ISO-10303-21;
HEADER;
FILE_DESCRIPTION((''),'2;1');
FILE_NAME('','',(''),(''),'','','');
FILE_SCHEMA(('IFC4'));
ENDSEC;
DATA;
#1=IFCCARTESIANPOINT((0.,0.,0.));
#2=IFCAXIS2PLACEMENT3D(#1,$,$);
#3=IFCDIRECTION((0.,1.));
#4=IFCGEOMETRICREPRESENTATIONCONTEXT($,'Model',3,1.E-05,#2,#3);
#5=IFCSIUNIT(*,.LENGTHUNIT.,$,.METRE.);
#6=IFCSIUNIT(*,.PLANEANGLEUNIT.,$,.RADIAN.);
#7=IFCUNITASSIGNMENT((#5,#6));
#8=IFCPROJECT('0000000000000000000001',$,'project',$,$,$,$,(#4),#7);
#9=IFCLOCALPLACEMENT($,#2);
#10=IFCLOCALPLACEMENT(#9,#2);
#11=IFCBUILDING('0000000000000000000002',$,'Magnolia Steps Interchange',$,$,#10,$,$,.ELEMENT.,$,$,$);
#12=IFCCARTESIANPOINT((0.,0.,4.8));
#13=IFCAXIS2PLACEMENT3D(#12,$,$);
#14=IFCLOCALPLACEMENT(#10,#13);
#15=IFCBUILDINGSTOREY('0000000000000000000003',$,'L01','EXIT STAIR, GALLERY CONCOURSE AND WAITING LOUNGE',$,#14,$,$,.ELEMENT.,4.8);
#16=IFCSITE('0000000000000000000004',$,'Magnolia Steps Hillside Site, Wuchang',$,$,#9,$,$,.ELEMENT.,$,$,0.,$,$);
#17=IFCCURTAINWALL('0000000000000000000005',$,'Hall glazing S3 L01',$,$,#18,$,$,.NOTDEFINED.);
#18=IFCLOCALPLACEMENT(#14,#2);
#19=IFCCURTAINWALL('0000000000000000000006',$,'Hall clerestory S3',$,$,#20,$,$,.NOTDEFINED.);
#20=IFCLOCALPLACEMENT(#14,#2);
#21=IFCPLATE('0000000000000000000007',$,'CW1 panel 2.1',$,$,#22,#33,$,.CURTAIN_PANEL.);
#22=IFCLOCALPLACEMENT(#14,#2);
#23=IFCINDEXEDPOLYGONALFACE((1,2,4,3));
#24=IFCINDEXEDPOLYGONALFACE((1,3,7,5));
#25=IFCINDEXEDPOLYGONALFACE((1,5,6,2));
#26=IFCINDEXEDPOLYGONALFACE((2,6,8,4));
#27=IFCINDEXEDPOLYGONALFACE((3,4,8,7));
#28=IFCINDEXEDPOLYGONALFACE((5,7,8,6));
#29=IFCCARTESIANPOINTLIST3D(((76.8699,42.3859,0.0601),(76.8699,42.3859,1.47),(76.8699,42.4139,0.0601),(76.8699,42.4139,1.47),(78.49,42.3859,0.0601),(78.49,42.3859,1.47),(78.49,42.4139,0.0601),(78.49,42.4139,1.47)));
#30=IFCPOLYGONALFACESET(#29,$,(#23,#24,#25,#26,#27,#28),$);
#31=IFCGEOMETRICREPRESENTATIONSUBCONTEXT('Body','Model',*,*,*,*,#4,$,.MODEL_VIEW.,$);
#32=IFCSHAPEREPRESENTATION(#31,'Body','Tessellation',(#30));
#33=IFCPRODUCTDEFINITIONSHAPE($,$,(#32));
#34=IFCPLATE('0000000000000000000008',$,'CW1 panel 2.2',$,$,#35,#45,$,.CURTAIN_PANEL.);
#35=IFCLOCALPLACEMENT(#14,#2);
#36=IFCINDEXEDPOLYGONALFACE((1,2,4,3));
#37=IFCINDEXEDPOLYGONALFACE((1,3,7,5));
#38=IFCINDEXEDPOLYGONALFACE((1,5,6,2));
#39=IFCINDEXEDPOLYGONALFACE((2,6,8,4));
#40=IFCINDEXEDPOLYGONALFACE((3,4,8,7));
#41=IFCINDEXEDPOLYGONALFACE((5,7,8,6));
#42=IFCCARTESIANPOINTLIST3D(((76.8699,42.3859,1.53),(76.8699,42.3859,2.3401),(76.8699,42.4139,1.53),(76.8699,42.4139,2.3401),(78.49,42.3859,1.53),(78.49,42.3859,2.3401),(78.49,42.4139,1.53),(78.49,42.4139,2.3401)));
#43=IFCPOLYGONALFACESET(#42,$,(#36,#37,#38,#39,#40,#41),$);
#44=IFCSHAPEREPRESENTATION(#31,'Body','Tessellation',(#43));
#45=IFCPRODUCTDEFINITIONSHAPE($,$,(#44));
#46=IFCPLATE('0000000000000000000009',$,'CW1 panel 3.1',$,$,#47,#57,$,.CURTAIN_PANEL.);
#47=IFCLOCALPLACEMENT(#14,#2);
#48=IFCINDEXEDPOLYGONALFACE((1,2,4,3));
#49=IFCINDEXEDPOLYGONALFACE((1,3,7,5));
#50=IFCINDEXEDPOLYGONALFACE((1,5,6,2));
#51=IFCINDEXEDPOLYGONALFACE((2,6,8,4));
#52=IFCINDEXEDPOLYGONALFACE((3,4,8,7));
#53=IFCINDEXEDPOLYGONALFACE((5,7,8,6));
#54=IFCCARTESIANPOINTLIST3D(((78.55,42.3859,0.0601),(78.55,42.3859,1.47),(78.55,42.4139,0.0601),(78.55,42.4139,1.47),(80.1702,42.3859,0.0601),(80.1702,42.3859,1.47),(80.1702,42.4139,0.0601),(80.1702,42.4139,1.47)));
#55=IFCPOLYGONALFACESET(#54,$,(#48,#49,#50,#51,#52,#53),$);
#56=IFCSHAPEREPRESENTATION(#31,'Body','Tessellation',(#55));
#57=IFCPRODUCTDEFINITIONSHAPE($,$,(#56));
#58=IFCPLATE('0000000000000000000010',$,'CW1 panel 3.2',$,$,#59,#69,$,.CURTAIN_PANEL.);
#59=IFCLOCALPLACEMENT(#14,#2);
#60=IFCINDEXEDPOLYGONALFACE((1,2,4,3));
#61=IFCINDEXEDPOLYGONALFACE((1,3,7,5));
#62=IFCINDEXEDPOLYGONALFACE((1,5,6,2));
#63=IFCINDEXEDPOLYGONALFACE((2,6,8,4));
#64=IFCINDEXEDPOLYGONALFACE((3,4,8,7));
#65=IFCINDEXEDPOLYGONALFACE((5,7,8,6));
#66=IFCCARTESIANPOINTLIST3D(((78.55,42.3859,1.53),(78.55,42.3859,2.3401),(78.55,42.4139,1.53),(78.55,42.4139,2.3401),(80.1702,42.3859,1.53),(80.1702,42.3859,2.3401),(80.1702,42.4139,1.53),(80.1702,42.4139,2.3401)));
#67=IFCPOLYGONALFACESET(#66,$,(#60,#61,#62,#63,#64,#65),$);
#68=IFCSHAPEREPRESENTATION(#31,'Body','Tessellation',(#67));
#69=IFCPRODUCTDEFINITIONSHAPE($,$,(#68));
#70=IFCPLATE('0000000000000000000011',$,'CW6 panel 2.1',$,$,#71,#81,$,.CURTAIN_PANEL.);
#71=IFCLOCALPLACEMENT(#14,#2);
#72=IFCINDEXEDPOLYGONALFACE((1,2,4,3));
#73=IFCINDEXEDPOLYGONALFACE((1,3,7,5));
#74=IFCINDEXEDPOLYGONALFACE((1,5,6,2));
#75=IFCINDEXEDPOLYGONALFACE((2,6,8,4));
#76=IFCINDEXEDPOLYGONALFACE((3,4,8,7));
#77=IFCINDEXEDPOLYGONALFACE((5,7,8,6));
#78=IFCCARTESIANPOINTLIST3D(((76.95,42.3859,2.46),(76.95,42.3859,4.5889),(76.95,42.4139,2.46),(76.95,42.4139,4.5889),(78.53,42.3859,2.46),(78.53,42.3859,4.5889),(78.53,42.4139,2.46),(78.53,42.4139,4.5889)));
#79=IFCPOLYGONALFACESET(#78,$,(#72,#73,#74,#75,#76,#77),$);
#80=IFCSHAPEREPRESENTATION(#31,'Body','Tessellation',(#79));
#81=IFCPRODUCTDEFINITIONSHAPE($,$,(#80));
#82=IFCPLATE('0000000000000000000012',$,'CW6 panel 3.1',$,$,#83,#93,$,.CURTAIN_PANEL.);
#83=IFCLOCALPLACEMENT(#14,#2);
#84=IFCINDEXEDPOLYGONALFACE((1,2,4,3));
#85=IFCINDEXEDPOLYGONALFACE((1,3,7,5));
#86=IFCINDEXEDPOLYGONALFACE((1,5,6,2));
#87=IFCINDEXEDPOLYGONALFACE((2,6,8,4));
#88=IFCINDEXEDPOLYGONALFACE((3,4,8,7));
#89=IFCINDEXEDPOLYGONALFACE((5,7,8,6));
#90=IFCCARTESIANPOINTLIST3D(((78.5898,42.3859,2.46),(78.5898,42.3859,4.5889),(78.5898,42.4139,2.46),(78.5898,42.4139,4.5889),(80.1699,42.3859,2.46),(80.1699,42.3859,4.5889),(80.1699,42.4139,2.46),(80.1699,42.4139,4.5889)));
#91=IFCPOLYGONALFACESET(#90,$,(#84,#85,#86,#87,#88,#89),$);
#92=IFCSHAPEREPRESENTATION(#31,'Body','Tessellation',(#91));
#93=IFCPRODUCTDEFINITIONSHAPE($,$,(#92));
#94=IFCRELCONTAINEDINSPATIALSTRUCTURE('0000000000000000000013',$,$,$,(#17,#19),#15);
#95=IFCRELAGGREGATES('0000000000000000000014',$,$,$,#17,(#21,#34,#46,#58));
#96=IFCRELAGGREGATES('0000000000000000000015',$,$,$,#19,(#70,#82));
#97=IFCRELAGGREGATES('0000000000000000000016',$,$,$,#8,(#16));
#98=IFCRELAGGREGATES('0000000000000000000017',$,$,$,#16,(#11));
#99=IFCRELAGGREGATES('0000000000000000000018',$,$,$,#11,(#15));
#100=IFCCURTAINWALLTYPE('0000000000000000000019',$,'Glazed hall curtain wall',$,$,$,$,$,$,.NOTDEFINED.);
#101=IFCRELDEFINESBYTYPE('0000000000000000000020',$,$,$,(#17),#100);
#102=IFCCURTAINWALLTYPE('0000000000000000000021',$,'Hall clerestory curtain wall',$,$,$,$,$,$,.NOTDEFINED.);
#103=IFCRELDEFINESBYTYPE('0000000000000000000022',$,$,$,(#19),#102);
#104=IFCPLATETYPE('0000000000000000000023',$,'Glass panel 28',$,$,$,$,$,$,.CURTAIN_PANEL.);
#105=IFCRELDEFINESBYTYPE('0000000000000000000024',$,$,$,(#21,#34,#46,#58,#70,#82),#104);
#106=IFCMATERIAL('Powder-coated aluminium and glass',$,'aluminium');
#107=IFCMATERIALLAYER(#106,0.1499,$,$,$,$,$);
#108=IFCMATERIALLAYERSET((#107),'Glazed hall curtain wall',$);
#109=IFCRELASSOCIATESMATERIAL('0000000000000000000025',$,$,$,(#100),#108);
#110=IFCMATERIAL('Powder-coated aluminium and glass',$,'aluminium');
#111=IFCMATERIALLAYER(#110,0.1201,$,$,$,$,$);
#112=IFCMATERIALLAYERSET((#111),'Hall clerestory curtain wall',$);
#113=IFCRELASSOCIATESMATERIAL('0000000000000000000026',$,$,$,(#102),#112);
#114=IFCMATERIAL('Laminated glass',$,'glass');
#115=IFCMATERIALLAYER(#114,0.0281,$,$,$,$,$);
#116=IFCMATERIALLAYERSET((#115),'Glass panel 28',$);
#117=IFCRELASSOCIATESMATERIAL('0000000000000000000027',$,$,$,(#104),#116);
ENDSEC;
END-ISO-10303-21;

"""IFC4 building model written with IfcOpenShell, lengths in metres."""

from ifc_helpers import new_model, si_unit, direction, frame, origin, origin_2d, place, context, subcontext, project, spatial, rectangle, extrude, material, layer, layer_set, type_object, element, aggregate, save


model = new_model("IFC4")

# Units and contexts
model_context = context("Model", 3, precision=1e-05, world=origin(), true_north=direction((0.0, 1.0)))
body_context = subcontext(model_context, "Body", "Model", "MODEL_VIEW")
ifc_project = project(units=[si_unit("LENGTHUNIT", "METRE"), si_unit("PLANEANGLEUNIT", "RADIAN")], contexts=[model_context])

# Site, building, storey
site_placement = place(None, origin())
site = spatial("IfcSite", under=ifc_project, at=site_placement, Name="Magnolia Steps Hillside Site, Wuchang", CompositionType="ELEMENT", RefElevation=0.0)
building_placement = place(site_placement, origin())
building = spatial("IfcBuilding", under=site, at=building_placement, Name="Magnolia Steps Interchange", CompositionType="ELEMENT")
storey_placement = place(building_placement, frame((0.0, 0.0, 4.8)))
storey = spatial("IfcBuildingStorey", under=building, at=storey_placement, Name="L01", Description="EXIT STAIR, GALLERY CONCOURSE AND WAITING LOUNGE", CompositionType="ELEMENT", Elevation=4.8)

# Curtain walls
ifc_material_1 = material(Name="Powder-coated aluminium and glass", Category="aluminium")
ifc_layer_1 = layer(ifc_material_1, 0.1499)
ifc_layer_set_1 = layer_set([ifc_layer_1], Name="Glazed hall curtain wall")
curtain_wall_type_1 = type_object("IfcCurtainWallType", Name="Glazed hall curtain wall", PredefinedType="NOTDEFINED", material=ifc_layer_set_1)
curtain_wall_1_placement = place(storey_placement, origin())
curtain_wall_1 = element("IfcCurtainWall", 1, at=curtain_wall_1_placement, inside=storey, type_object=curtain_wall_type_1, Name="Hall glazing S3 L01", PredefinedType="NOTDEFINED")
ifc_material_2 = material(Name="Powder-coated aluminium and glass", Category="aluminium")
ifc_layer_2 = layer(ifc_material_2, 0.1201)
ifc_layer_set_2 = layer_set([ifc_layer_2], Name="Hall clerestory curtain wall")
curtain_wall_type_2 = type_object("IfcCurtainWallType", Name="Hall clerestory curtain wall", PredefinedType="NOTDEFINED", material=ifc_layer_set_2)
curtain_wall_2_placement = place(storey_placement, origin())
curtain_wall_2 = element("IfcCurtainWall", 2, at=curtain_wall_2_placement, inside=storey, type_object=curtain_wall_type_2, Name="Hall clerestory S3", PredefinedType="NOTDEFINED")

# Plates
ifc_material_3 = material(Name="Laminated glass", Category="glass")
ifc_layer_3 = layer(ifc_material_3, 0.0281)
ifc_layer_set_3 = layer_set([ifc_layer_3], Name="Glass panel 28")
plate_type = type_object("IfcPlateType", Name="Glass panel 28", PredefinedType="CURTAIN_PANEL", material=ifc_layer_set_3)
plate_1_placement = place(storey_placement, frame((77.6799, 42.3999, 0.0601), z_axis=(0.0, 0.0, 1.0), x_axis=(1.0, 0.0, 0.0)))
plate_1 = element("IfcPlate", 3, at=plate_1_placement, type_object=plate_type, Name="CW1 panel 2.1", PredefinedType="CURTAIN_PANEL", context=body_context, shape_type="SweptSolid", body=[
    extrude(rectangle(XDim=1.6201, YDim=0.0281, at=origin_2d()), origin(), (0.0, 0.0, 1.0), 1.4099),
])
plate_2_placement = place(storey_placement, frame((77.6799, 42.3999, 1.53), z_axis=(0.0, 0.0, 1.0), x_axis=(1.0, 0.0, 0.0)))
plate_2 = element("IfcPlate", 4, at=plate_2_placement, type_object=plate_type, Name="CW1 panel 2.2", PredefinedType="CURTAIN_PANEL", context=body_context, shape_type="SweptSolid", body=[
    extrude(rectangle(XDim=1.6201, YDim=0.0281, at=origin_2d()), origin(), (0.0, 0.0, 1.0), 0.8101),
])
plate_3_placement = place(storey_placement, frame((79.3601, 42.3999, 0.0601), z_axis=(0.0, 0.0, 1.0), x_axis=(1.0, 0.0, 0.0)))
plate_3 = element("IfcPlate", 5, at=plate_3_placement, type_object=plate_type, Name="CW1 panel 3.1", PredefinedType="CURTAIN_PANEL", context=body_context, shape_type="SweptSolid", body=[
    extrude(rectangle(XDim=1.6201, YDim=0.0281, at=origin_2d()), origin(), (0.0, 0.0, 1.0), 1.4099),
])
plate_4_placement = place(storey_placement, frame((79.3601, 42.3999, 1.53), z_axis=(0.0, 0.0, 1.0), x_axis=(1.0, 0.0, 0.0)))
plate_4 = element("IfcPlate", 6, at=plate_4_placement, type_object=plate_type, Name="CW1 panel 3.2", PredefinedType="CURTAIN_PANEL", context=body_context, shape_type="SweptSolid", body=[
    extrude(rectangle(XDim=1.6201, YDim=0.0281, at=origin_2d()), origin(), (0.0, 0.0, 1.0), 0.8101),
])
aggregate(curtain_wall_1, [plate_1, plate_2, plate_3, plate_4])
plate_5_placement = place(storey_placement, frame((77.74, 42.3999, 2.46), z_axis=(0.0, 0.0, 1.0), x_axis=(1.0, 0.0, 0.0)))
plate_5 = element("IfcPlate", 7, at=plate_5_placement, type_object=plate_type, Name="CW6 panel 2.1", PredefinedType="CURTAIN_PANEL", context=body_context, shape_type="SweptSolid", body=[
    extrude(rectangle(XDim=1.5801, YDim=0.0281, at=origin_2d()), origin(), (0.0, 0.0, 1.0), 2.1289),
])
plate_6_placement = place(storey_placement, frame((79.3799, 42.3999, 2.46), z_axis=(0.0, 0.0, 1.0), x_axis=(1.0, 0.0, 0.0)))
plate_6 = element("IfcPlate", 8, at=plate_6_placement, type_object=plate_type, Name="CW6 panel 3.1", PredefinedType="CURTAIN_PANEL", context=body_context, shape_type="SweptSolid", body=[
    extrude(rectangle(XDim=1.5801, YDim=0.0281, at=origin_2d()), origin(), (0.0, 0.0, 1.0), 2.1289),
])
aggregate(curtain_wall_2, [plate_5, plate_6])

save(model, "model.ifc")
